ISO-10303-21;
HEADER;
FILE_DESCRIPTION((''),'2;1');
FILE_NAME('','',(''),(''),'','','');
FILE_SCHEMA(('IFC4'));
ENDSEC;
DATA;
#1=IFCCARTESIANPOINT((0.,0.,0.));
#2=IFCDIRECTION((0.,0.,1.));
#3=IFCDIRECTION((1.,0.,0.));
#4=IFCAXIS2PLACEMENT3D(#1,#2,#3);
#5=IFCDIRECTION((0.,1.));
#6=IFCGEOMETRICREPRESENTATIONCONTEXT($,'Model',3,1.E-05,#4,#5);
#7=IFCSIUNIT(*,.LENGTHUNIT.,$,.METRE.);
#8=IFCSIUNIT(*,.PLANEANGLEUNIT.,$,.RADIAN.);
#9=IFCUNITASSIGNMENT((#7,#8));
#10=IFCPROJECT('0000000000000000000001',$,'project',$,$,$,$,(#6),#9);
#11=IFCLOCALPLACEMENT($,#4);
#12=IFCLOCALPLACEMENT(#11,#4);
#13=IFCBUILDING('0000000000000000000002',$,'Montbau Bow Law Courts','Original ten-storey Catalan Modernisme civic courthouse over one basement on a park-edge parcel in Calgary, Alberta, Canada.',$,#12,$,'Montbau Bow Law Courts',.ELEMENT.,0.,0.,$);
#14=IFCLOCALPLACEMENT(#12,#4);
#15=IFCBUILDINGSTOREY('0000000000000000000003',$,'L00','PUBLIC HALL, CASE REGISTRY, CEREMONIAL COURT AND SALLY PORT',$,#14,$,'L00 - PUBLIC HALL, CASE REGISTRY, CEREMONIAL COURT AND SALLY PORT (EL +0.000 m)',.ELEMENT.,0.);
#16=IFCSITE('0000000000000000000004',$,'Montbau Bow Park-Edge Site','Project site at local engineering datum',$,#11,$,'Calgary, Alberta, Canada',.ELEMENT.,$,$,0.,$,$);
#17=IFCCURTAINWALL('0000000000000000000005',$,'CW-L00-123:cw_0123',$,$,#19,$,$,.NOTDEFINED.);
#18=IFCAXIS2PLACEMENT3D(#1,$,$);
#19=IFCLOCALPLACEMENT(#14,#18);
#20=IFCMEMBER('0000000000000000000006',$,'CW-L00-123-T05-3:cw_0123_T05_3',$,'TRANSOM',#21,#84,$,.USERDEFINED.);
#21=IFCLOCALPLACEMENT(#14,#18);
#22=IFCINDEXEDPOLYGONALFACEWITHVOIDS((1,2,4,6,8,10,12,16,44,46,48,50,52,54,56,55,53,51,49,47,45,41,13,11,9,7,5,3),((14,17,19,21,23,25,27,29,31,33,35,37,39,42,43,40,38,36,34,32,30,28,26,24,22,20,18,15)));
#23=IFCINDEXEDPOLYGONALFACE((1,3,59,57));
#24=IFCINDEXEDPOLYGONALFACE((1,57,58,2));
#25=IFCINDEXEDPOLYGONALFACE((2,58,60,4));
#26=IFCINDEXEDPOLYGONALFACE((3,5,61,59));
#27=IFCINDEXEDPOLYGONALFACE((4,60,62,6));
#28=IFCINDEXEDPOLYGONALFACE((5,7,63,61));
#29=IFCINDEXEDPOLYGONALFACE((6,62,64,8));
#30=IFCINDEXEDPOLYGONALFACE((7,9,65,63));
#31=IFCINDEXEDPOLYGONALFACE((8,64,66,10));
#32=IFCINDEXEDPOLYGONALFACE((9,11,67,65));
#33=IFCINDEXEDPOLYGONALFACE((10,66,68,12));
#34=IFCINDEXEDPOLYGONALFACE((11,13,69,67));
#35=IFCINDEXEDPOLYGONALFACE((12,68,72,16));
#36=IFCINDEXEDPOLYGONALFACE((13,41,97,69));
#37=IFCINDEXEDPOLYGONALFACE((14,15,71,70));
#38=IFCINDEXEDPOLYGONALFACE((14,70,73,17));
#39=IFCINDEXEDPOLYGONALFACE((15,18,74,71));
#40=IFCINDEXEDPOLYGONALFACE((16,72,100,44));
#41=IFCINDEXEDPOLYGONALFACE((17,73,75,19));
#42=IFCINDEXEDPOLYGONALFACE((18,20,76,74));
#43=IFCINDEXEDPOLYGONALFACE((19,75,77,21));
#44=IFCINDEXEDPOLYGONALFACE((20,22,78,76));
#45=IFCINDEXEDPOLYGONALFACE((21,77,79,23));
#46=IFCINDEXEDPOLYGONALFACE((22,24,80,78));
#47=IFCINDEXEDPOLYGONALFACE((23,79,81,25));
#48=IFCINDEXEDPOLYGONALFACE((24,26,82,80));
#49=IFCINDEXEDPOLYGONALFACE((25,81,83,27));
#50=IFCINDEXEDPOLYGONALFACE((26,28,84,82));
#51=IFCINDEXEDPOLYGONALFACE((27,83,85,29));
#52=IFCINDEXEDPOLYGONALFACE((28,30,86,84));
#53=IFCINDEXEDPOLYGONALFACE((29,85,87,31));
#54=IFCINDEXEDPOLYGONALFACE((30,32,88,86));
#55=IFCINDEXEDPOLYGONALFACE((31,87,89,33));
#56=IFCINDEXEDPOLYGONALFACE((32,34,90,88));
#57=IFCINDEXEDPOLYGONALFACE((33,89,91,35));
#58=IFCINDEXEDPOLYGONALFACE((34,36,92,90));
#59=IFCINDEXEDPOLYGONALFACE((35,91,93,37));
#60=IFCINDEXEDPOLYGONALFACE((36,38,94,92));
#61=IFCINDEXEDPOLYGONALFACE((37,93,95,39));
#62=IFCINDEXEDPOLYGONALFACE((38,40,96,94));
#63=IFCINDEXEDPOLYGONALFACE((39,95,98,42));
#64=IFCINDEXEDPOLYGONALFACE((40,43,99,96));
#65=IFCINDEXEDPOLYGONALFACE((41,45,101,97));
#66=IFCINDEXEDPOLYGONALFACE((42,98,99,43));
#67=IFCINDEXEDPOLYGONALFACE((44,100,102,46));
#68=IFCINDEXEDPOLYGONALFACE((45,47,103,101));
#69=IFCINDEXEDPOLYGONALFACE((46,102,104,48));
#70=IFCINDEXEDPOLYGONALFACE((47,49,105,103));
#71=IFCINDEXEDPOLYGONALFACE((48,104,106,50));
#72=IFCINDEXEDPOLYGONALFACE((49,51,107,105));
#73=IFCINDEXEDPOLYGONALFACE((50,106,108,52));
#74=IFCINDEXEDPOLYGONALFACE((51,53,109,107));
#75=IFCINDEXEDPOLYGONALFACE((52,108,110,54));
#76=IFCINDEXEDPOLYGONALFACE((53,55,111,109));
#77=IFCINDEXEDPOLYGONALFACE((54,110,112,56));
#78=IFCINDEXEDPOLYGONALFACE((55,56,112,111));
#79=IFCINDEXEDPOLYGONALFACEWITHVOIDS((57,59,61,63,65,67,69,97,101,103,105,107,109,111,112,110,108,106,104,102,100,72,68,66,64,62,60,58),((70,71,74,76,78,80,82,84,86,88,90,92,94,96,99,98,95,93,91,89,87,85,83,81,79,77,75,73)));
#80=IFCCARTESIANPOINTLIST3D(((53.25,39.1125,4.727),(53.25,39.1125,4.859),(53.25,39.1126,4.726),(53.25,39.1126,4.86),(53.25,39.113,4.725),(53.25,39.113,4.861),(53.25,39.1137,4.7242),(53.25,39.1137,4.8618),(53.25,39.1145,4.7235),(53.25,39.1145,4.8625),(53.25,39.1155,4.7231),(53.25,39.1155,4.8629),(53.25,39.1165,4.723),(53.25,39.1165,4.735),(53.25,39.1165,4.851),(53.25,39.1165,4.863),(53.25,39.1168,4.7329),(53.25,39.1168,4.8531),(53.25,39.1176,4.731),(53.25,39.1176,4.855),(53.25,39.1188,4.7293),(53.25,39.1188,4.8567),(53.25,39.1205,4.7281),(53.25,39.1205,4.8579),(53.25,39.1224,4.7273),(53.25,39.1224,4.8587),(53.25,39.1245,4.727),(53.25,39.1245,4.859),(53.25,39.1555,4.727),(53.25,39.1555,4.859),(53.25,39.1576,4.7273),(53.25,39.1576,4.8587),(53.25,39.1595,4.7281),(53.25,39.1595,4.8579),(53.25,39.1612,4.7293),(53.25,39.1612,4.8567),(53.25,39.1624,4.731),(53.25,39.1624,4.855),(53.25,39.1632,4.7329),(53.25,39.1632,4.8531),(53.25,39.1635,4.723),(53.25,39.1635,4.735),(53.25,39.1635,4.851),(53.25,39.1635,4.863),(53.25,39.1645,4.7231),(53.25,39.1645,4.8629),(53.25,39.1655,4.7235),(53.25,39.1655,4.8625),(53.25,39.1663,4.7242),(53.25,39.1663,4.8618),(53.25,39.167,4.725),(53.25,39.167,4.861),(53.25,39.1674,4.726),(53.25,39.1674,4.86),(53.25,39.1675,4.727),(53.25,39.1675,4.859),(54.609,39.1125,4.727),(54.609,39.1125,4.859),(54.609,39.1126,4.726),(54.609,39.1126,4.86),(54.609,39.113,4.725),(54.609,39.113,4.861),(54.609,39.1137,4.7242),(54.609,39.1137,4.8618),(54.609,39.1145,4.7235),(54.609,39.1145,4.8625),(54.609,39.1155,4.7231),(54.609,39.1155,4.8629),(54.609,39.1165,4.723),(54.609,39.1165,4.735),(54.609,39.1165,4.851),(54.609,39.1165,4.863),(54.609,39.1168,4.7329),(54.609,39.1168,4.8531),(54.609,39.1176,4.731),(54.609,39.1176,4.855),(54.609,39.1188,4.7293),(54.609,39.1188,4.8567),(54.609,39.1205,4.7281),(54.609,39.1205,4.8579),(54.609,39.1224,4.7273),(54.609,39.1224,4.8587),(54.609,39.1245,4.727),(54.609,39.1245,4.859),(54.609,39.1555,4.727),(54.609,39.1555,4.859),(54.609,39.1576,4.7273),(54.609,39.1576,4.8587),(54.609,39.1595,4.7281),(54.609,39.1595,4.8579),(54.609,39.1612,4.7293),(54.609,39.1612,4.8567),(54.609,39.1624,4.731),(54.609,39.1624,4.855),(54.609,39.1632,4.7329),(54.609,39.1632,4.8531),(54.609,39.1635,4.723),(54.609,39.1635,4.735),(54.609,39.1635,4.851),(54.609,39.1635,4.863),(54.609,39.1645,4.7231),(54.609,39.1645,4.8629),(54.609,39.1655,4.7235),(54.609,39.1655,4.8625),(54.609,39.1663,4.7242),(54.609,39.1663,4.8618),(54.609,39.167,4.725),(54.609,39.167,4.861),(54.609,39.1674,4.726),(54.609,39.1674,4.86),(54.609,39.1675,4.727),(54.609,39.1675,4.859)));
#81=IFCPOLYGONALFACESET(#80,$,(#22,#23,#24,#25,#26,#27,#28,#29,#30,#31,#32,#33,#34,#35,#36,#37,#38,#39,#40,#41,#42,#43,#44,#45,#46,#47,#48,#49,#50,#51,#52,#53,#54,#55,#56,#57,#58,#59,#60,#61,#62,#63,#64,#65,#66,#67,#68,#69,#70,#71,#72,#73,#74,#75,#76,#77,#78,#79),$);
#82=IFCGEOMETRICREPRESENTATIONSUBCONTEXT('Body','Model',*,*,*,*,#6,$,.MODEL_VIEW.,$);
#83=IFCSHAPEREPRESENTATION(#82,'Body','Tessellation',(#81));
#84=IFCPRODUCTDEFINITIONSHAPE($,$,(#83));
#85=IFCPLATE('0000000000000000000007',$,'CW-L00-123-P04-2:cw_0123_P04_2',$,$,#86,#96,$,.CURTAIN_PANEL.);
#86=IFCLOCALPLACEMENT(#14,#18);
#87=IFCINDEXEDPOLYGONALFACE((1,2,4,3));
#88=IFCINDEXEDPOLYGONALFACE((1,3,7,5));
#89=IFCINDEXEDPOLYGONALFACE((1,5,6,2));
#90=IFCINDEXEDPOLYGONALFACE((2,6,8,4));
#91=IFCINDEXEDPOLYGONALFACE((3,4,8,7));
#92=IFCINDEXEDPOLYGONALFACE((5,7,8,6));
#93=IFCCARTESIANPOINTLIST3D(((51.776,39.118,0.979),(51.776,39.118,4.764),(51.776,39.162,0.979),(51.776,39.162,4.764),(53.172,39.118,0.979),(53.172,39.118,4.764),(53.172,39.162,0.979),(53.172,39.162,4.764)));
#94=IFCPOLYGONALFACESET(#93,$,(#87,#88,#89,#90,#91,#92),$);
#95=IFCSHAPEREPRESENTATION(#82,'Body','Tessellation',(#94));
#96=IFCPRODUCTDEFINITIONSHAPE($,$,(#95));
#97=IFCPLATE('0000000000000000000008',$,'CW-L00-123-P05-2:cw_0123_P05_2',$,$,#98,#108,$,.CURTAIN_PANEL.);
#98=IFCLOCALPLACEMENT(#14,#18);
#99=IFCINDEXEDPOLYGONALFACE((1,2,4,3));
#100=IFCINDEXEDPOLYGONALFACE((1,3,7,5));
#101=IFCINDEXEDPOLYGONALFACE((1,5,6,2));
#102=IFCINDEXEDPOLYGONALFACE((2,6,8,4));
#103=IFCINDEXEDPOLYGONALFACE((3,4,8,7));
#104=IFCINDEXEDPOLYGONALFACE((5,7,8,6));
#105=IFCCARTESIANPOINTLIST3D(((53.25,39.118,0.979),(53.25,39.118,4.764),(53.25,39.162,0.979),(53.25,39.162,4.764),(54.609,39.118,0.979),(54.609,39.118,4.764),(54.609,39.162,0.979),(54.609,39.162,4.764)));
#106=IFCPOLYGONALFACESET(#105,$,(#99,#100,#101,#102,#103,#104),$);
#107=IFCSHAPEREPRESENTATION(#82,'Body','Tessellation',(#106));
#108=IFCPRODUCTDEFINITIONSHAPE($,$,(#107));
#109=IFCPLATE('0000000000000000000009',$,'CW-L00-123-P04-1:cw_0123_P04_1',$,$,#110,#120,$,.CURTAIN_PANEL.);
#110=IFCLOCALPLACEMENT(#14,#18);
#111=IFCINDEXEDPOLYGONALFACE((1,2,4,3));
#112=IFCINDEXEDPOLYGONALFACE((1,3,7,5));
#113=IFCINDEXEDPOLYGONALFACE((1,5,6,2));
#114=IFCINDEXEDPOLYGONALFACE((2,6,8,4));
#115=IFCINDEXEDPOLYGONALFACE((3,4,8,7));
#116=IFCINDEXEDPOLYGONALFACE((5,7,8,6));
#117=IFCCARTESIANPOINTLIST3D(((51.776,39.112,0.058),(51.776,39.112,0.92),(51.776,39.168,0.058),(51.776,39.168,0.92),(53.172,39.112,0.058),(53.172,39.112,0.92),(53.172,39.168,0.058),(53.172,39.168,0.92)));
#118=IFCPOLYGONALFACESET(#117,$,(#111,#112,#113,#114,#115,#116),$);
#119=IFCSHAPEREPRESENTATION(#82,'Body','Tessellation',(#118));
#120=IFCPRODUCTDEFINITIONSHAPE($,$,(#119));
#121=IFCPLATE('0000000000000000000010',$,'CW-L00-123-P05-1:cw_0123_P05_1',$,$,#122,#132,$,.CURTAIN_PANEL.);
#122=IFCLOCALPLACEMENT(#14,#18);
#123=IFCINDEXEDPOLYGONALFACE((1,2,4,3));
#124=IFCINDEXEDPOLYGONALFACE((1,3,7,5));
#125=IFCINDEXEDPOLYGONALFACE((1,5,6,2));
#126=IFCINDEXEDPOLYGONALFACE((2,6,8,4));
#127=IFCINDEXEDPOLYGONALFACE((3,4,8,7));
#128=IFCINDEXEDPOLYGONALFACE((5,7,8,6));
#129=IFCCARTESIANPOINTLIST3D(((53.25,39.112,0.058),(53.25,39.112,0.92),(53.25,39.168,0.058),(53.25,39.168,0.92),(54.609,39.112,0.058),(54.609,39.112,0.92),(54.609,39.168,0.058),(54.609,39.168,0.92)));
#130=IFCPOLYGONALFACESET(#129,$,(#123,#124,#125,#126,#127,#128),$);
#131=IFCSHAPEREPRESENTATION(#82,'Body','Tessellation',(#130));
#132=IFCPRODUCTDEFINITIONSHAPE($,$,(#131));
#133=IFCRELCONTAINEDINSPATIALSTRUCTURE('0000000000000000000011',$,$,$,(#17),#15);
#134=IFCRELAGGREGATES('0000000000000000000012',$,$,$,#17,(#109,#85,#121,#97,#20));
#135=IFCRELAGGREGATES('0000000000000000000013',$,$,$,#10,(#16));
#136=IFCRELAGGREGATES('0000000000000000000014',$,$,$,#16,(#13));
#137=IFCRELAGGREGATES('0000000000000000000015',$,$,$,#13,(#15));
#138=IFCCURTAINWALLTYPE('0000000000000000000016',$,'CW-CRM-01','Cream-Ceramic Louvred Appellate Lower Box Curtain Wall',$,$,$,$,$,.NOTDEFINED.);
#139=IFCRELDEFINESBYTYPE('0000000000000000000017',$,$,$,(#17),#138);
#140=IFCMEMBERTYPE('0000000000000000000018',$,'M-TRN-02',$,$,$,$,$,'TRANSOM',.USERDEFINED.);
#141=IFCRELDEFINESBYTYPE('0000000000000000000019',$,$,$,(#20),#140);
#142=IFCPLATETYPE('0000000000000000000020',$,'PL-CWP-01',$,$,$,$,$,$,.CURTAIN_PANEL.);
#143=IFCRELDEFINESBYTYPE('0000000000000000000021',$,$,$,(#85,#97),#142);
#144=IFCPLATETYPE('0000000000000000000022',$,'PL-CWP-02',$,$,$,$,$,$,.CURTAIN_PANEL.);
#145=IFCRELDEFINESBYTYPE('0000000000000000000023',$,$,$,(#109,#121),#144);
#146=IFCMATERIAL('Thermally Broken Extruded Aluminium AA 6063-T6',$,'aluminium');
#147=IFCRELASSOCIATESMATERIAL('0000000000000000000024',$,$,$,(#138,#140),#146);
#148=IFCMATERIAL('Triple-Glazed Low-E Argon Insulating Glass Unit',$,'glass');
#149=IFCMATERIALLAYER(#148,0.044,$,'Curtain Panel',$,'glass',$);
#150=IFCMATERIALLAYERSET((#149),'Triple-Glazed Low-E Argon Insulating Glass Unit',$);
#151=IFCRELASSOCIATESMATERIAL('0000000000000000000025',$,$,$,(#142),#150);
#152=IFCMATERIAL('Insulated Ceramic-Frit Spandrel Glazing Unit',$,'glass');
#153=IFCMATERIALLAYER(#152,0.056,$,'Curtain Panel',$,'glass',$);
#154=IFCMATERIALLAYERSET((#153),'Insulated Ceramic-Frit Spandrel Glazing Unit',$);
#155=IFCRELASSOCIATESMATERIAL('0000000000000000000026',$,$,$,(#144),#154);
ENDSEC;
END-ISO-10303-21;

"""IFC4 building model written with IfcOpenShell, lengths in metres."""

from ifc_helpers import new_model, si_unit, direction, frame, frame_2d, origin_with_axes, origin_2d_with_axis, place, context, subcontext, project, spatial, rectangle, hollow_rectangle, extrude, material, layer, layer_set, material_profile, profile_set, type_object, element, aggregate, save


model = new_model("IFC4")

# Units and contexts
model_context = context("Model", 3, precision=1e-05, world=origin_with_axes(), true_north=direction((0.0, 1.0)))
body_context = subcontext(model_context, "Body", "Model", "MODEL_VIEW")
ifc_project = project(units=[si_unit("LENGTHUNIT", "METRE"), si_unit("PLANEANGLEUNIT", "RADIAN")], contexts=[model_context])

# Site, building, storey
site_placement = place(None, origin_with_axes())
site = spatial("IfcSite", under=ifc_project, at=site_placement, Name="Montbau Bow Park-Edge Site", Description="Project site at local engineering datum", LongName="Calgary, Alberta, Canada", CompositionType="ELEMENT", RefElevation=0.0)
building_placement = place(site_placement, origin_with_axes())
building = spatial("IfcBuilding", under=site, at=building_placement, Name="Montbau Bow Law Courts", Description="Original ten-storey Catalan Modernisme civic courthouse over one basement on a park-edge parcel in Calgary, Alberta, Canada.", LongName="Montbau Bow Law Courts", CompositionType="ELEMENT", ElevationOfRefHeight=0.0, ElevationOfTerrain=0.0)
storey_placement = place(building_placement, origin_with_axes())
storey = spatial("IfcBuildingStorey", under=building, at=storey_placement, Name="L00", Description="PUBLIC HALL, CASE REGISTRY, CEREMONIAL COURT AND SALLY PORT", LongName="L00 - PUBLIC HALL, CASE REGISTRY, CEREMONIAL COURT AND SALLY PORT (EL +0.000 m)", CompositionType="ELEMENT", Elevation=0.0)

# Curtain wall, member, plates
ifc_material_1 = material(Name="Thermally Broken Extruded Aluminium AA 6063-T6", Category="aluminium")
curtain_wall_type = type_object("IfcCurtainWallType", Name="CW-CRM-01", Description="Cream-Ceramic Louvred Appellate Lower Box Curtain Wall", PredefinedType="NOTDEFINED", material=ifc_material_1)
curtain_wall_placement = place(None, frame((47.315, 39.14, 0.0), z_axis=(0.0, 0.0, 1.0), x_axis=(1.0, 0.0, 0.0)))
curtain_wall = element("IfcCurtainWall", 1, at=curtain_wall_placement, inside=storey, type_object=curtain_wall_type, Name="CW-L00-123:cw_0123", PredefinedType="NOTDEFINED")
ifc_material_profile_1 = material_profile(ifc_material_1, hollow_rectangle(XDim=0.055, YDim=0.14, WallThickness=0.004, InnerFilletRadius=0.008, OuterFilletRadius=0.004, at=origin_2d_with_axis()), Name="CWT-140X55", Category="Main", Priority=0)
ifc_profile_set_1 = profile_set([ifc_material_profile_1], Name="Thermally Broken Extruded Aluminium AA 6063-T6")
member_type_1 = type_object("IfcMemberType", Name="M-TRN-02", ElementType="TRANSOM", PredefinedType="USERDEFINED", material=ifc_profile_set_1)
member_1_placement = place(None, frame((53.25, 39.14, 4.793), z_axis=(1.0, 0.0, 0.0), x_axis=(0.0, 1.0, 0.0)))
member_1 = element("IfcMember", 2, at=member_1_placement, type_object=member_type_1, Name="CW-L00-123-T05-3:cw_0123_T05_3", ObjectType="TRANSOM", PredefinedType="USERDEFINED", context=body_context, shape_type="SweptSolid", body=[
    extrude(hollow_rectangle(XDim=0.055, YDim=0.14, WallThickness=0.004, InnerFilletRadius=0.008, OuterFilletRadius=0.004, at=origin_2d_with_axis()), origin_with_axes(), (0.0, 0.0, 1.0), 1.359),
])
ifc_material_2 = material(Name="Triple-Glazed Low-E Argon Insulating Glass Unit", Category="glass")
ifc_layer_1 = layer(ifc_material_2, 0.044, Name="Curtain Panel", Category="glass")
ifc_layer_set_1 = layer_set([ifc_layer_1], Name="Triple-Glazed Low-E Argon Insulating Glass Unit")
plate_type_1 = type_object("IfcPlateType", Name="PL-CWP-01", PredefinedType="CURTAIN_PANEL", material=ifc_layer_set_1)
plate_1_placement = place(None, frame((51.776, 39.14, 0.979), z_axis=(0.0, -1.0, 0.0), x_axis=(1.0, 0.0, 0.0)))
plate_1 = element("IfcPlate", 3, at=plate_1_placement, type_object=plate_type_1, Name="CW-L00-123-P04-2:cw_0123_P04_2", PredefinedType="CURTAIN_PANEL", context=body_context, shape_type="SweptSolid", body=[
    extrude(rectangle(XDim=1.396, YDim=3.785, at=frame_2d((0.698, 1.8925), x_axis=(1.0, 0.0))), frame((0.0, 0.0, -0.022), z_axis=(0.0, 0.0, 1.0), x_axis=(1.0, 0.0, 0.0)), (0.0, 0.0, 1.0), 0.044),
])
plate_2_placement = place(None, frame((53.25, 39.14, 0.979), z_axis=(0.0, -1.0, 0.0), x_axis=(1.0, 0.0, 0.0)))
plate_2 = element("IfcPlate", 4, at=plate_2_placement, type_object=plate_type_1, Name="CW-L00-123-P05-2:cw_0123_P05_2", PredefinedType="CURTAIN_PANEL", context=body_context, shape_type="SweptSolid", body=[
    extrude(rectangle(XDim=1.359, YDim=3.785, at=frame_2d((0.6795, 1.8925), x_axis=(1.0, 0.0))), frame((0.0, 0.0, -0.022), z_axis=(0.0, 0.0, 1.0), x_axis=(1.0, 0.0, 0.0)), (0.0, 0.0, 1.0), 0.044),
])
ifc_material_3 = material(Name="Insulated Ceramic-Frit Spandrel Glazing Unit", Category="glass")
ifc_layer_2 = layer(ifc_material_3, 0.056, Name="Curtain Panel", Category="glass")
ifc_layer_set_2 = layer_set([ifc_layer_2], Name="Insulated Ceramic-Frit Spandrel Glazing Unit")
plate_type_2 = type_object("IfcPlateType", Name="PL-CWP-02", PredefinedType="CURTAIN_PANEL", material=ifc_layer_set_2)
plate_3_placement = place(None, frame((51.776, 39.14, 0.058), z_axis=(0.0, -1.0, 0.0), x_axis=(1.0, 0.0, 0.0)))
plate_3 = element("IfcPlate", 5, at=plate_3_placement, type_object=plate_type_2, Name="CW-L00-123-P04-1:cw_0123_P04_1", PredefinedType="CURTAIN_PANEL", context=body_context, shape_type="SweptSolid", body=[
    extrude(rectangle(XDim=1.396, YDim=0.862, at=frame_2d((0.698, 0.431), x_axis=(1.0, 0.0))), frame((0.0, 0.0, -0.028), z_axis=(0.0, 0.0, 1.0), x_axis=(1.0, 0.0, 0.0)), (0.0, 0.0, 1.0), 0.056),
])
plate_4_placement = place(None, frame((53.25, 39.14, 0.058), z_axis=(0.0, -1.0, 0.0), x_axis=(1.0, 0.0, 0.0)))
plate_4 = element("IfcPlate", 6, at=plate_4_placement, type_object=plate_type_2, Name="CW-L00-123-P05-1:cw_0123_P05_1", PredefinedType="CURTAIN_PANEL", context=body_context, shape_type="SweptSolid", body=[
    extrude(rectangle(XDim=1.359, YDim=0.862, at=frame_2d((0.6795, 0.431), x_axis=(1.0, 0.0))), frame((0.0, 0.0, -0.028), z_axis=(0.0, 0.0, 1.0), x_axis=(1.0, 0.0, 0.0)), (0.0, 0.0, 1.0), 0.056),
])
aggregate(curtain_wall, [plate_3, plate_1, plate_4, plate_2, member_1])

save(model, "model.ifc")
